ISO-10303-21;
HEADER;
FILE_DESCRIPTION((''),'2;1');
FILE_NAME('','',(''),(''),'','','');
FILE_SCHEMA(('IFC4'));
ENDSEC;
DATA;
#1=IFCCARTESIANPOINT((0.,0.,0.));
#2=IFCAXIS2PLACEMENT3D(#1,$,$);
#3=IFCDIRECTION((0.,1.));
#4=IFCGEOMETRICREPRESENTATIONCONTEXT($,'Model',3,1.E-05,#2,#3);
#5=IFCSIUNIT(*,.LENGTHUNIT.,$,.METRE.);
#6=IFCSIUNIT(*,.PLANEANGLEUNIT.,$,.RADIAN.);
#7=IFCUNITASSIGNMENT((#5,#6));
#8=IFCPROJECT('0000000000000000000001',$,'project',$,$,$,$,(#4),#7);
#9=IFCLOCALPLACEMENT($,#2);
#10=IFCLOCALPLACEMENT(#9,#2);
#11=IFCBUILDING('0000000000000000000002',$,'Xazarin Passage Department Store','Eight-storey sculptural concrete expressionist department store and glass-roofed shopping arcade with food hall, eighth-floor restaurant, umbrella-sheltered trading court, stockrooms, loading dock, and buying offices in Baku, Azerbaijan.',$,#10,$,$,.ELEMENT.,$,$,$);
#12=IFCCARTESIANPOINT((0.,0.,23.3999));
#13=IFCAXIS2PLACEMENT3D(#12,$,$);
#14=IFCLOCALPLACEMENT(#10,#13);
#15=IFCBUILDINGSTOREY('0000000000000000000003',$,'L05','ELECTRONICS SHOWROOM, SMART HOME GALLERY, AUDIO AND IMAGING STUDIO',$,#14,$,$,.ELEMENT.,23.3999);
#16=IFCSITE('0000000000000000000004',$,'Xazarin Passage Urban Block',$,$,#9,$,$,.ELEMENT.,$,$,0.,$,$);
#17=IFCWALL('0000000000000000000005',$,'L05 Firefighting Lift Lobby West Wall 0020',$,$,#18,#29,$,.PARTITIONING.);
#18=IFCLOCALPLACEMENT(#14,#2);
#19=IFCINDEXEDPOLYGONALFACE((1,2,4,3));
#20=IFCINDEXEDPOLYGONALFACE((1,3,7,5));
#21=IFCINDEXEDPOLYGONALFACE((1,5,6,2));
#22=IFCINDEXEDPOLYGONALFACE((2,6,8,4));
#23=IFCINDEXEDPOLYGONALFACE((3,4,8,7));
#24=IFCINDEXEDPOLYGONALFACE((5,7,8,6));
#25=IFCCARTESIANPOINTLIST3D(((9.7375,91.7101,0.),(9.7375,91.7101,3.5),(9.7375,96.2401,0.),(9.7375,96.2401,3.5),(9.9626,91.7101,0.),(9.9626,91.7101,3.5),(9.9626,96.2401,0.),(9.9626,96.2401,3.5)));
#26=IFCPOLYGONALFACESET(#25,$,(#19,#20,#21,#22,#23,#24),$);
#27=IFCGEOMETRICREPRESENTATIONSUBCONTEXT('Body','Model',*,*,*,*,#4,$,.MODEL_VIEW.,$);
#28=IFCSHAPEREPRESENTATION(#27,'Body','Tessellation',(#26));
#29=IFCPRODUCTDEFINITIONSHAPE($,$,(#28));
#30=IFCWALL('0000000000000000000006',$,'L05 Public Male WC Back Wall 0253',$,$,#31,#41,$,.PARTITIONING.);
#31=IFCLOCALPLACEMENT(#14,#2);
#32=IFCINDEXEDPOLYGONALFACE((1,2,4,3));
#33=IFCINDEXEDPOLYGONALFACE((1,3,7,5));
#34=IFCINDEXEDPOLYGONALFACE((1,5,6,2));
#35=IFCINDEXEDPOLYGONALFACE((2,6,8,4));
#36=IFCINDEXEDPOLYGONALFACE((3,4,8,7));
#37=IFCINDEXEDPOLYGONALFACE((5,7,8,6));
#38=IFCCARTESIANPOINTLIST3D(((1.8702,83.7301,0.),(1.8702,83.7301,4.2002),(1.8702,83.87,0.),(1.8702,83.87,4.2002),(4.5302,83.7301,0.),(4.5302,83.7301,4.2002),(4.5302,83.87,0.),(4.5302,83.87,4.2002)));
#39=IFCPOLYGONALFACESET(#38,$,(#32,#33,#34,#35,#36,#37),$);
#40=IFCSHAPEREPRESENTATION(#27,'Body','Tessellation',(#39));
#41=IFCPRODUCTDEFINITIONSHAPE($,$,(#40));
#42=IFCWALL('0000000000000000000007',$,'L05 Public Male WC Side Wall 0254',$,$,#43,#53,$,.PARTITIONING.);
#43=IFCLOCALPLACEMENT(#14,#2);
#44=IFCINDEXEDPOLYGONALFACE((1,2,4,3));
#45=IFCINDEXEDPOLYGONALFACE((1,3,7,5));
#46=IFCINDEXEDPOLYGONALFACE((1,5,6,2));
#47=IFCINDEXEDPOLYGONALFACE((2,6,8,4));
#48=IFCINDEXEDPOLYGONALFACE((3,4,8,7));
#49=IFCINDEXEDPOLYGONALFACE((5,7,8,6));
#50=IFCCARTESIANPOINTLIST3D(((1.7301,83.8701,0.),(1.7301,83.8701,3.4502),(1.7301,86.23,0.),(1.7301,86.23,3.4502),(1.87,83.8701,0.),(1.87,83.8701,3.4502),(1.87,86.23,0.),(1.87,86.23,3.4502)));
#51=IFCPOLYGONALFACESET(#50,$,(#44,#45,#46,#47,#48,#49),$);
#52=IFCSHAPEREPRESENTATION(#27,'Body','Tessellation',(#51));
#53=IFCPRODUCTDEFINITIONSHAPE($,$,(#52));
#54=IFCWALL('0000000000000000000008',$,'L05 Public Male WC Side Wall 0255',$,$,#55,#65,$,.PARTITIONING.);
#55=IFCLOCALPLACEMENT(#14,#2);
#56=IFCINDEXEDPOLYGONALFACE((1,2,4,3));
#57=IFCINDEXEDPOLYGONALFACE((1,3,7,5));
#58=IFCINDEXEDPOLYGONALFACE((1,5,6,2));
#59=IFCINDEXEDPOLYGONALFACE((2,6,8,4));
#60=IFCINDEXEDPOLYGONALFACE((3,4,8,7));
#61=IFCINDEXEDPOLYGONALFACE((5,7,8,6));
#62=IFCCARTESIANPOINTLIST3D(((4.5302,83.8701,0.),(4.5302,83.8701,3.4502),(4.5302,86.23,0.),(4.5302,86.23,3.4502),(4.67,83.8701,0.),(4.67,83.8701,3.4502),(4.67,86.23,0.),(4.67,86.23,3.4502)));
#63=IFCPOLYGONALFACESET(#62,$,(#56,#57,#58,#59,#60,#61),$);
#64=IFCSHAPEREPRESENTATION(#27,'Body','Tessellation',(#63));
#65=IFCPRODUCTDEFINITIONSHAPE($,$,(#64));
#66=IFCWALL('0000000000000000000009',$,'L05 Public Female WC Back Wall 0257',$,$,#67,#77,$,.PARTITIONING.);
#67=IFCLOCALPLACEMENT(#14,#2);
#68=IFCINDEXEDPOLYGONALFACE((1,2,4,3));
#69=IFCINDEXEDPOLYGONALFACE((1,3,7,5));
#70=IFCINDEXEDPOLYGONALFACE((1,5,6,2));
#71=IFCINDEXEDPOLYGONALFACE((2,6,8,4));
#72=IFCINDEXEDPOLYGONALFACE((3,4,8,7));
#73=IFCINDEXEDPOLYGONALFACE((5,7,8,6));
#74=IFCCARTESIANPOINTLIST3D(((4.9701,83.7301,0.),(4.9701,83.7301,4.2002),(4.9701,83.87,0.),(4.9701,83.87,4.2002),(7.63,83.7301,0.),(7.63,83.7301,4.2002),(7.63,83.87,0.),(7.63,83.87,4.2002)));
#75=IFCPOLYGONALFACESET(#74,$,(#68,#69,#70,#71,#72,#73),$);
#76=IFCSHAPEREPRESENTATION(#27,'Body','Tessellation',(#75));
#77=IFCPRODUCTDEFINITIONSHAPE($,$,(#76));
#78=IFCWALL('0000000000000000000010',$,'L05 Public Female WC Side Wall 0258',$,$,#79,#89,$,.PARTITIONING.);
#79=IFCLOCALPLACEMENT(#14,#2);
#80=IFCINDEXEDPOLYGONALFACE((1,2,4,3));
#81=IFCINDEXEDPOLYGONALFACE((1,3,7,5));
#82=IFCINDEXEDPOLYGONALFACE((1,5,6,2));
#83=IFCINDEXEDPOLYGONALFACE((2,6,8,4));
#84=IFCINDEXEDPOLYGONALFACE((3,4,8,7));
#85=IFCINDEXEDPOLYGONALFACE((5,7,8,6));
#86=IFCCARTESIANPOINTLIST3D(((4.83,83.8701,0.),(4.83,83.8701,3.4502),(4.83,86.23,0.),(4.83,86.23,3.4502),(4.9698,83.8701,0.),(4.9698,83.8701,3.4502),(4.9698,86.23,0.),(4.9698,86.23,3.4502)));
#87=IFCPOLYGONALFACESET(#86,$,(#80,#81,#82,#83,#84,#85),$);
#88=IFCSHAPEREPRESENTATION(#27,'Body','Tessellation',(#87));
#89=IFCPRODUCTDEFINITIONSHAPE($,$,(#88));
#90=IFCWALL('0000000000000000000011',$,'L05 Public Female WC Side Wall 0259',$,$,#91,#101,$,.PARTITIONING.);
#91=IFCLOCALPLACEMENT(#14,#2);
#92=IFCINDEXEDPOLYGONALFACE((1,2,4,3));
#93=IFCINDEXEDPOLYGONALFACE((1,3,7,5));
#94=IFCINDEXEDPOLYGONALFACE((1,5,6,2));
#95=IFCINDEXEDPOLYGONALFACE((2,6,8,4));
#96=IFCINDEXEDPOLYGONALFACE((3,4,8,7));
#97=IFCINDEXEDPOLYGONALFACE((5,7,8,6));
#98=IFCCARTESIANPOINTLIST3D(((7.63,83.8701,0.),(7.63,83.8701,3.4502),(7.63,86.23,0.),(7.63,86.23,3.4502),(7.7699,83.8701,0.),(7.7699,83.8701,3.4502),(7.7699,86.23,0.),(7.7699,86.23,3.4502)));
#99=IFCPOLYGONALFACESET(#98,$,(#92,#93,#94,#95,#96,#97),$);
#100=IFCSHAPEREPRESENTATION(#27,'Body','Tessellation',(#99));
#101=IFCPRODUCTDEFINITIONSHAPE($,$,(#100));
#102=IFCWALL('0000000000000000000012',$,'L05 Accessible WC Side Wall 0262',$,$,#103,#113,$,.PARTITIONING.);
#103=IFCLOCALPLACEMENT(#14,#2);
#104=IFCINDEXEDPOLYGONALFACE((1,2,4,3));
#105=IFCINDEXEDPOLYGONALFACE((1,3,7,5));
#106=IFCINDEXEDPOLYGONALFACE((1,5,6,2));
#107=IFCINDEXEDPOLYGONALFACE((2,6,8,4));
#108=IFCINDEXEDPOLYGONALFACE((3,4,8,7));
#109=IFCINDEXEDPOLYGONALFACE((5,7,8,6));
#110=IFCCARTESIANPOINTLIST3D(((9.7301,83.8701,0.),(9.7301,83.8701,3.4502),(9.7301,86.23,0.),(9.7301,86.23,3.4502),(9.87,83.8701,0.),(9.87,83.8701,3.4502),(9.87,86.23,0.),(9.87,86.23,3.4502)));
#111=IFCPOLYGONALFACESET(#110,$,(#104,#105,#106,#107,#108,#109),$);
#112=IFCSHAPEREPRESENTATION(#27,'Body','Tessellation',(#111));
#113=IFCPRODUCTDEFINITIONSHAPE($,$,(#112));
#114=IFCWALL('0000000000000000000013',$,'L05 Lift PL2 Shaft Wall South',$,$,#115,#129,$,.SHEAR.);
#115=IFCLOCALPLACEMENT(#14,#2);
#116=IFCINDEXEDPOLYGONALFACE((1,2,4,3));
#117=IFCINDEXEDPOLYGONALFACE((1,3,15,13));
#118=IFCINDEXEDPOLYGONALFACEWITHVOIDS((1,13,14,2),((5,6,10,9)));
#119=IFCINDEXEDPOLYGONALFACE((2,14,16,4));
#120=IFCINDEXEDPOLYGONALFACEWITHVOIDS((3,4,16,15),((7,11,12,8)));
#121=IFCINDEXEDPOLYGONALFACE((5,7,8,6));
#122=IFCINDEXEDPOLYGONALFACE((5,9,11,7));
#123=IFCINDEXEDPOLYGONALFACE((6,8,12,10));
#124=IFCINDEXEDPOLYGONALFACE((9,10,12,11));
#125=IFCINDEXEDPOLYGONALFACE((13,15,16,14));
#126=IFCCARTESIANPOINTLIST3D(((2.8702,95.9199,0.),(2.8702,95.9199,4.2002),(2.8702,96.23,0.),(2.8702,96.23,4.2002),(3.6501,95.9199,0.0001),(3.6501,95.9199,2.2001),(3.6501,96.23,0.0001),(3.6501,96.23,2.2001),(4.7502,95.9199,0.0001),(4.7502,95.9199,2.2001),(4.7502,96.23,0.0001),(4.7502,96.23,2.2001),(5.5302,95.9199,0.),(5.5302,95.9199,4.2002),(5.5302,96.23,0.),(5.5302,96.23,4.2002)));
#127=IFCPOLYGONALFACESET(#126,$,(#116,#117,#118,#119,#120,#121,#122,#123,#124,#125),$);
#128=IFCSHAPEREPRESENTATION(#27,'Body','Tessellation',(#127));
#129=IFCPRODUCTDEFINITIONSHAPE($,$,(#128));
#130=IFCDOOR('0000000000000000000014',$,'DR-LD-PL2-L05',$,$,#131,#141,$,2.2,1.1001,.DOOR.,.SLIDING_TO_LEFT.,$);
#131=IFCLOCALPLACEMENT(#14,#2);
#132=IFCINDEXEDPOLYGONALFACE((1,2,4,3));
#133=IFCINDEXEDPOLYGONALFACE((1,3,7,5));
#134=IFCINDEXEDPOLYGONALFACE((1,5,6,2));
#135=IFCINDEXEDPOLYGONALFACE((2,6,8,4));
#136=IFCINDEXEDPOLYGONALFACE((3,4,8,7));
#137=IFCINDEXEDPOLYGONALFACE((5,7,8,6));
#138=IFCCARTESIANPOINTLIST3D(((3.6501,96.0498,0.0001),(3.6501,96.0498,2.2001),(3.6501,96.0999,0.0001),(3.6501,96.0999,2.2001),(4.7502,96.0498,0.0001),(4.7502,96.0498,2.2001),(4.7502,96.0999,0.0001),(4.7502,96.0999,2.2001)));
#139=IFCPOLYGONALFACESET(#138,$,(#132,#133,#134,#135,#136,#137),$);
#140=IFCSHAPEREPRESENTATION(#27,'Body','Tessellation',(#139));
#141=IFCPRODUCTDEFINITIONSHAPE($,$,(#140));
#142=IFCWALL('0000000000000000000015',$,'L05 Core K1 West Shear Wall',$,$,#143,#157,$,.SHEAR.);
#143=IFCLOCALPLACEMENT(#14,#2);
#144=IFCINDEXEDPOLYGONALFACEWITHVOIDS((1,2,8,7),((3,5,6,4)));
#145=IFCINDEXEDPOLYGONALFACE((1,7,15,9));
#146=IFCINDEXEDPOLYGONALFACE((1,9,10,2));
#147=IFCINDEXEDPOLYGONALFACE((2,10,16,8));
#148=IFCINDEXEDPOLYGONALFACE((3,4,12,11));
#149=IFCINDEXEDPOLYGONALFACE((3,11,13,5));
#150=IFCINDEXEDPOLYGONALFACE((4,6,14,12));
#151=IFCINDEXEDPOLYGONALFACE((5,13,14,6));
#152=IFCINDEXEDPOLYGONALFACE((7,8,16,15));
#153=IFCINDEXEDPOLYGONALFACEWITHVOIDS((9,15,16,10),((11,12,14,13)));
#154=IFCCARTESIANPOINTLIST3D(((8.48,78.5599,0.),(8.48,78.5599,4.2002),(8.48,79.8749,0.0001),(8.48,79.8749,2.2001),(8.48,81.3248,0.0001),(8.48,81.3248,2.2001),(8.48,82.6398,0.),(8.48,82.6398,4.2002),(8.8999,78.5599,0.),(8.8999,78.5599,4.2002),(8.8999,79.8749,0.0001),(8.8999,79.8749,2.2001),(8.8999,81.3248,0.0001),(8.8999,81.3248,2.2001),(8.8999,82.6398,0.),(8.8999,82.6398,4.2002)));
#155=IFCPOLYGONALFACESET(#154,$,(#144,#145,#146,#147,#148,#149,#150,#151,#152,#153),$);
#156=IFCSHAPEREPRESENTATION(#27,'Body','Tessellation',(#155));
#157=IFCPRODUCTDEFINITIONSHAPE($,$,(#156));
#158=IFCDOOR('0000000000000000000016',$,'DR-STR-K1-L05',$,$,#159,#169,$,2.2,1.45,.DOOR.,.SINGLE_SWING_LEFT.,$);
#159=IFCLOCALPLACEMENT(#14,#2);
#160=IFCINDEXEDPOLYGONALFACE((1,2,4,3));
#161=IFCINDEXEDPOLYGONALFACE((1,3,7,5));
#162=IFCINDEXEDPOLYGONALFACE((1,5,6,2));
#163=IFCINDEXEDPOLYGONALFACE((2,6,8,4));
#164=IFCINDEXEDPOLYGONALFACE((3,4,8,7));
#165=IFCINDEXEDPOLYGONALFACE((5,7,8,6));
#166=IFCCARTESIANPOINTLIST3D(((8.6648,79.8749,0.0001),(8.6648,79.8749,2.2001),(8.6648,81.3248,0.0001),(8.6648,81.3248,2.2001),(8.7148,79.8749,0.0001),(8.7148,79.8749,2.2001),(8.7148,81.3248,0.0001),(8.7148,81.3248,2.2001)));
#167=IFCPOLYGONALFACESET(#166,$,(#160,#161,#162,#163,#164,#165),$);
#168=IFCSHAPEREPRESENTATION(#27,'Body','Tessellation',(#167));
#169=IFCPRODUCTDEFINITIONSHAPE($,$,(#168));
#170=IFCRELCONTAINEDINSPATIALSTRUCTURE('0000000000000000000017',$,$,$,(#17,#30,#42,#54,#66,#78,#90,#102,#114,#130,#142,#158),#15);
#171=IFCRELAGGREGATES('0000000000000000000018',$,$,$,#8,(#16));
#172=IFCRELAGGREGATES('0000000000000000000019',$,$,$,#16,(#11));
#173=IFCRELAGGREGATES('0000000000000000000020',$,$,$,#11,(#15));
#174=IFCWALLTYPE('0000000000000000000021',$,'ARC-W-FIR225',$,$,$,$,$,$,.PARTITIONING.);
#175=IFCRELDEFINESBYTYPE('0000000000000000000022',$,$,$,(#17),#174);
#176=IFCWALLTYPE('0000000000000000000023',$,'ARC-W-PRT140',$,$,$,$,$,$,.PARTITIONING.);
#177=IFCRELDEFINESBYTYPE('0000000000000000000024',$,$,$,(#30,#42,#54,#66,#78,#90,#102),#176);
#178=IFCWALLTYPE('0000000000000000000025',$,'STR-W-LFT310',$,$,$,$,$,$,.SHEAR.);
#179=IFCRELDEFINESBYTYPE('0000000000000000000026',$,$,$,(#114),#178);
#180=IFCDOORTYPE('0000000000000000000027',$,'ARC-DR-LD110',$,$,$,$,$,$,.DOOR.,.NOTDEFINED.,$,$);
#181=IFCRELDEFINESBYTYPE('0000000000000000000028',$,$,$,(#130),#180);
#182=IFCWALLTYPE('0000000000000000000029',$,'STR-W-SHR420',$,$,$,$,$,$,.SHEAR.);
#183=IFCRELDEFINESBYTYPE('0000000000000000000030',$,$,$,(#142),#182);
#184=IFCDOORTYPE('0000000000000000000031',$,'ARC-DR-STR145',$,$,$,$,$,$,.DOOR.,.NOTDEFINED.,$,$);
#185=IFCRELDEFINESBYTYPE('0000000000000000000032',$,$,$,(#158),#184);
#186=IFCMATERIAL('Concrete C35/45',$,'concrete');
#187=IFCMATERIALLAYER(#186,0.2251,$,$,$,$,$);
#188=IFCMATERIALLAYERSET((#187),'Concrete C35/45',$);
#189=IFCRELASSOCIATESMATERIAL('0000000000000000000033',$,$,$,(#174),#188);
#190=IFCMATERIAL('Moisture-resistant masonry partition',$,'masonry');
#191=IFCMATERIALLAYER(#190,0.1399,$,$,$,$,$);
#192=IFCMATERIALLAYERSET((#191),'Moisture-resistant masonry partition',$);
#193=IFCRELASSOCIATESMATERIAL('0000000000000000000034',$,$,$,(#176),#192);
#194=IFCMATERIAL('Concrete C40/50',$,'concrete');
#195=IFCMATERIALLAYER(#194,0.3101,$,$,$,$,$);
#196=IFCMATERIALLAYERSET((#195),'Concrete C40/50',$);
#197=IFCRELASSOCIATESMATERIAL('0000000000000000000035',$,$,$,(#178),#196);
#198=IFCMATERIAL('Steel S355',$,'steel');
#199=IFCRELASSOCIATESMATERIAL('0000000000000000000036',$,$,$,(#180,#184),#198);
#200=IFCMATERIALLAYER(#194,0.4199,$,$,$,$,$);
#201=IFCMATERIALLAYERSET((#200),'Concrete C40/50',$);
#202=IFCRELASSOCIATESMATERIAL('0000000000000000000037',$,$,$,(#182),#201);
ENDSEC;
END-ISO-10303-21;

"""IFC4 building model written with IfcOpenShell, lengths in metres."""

from ifc_helpers import new_model, si_unit, direction, frame, frame_2d, origin, place, context, subcontext, project, spatial, rectangle, extrude, material, layer, layer_set, type_object, element, fill, save


model = new_model("IFC4")

# Units and contexts
model_context = context("Model", 3, precision=1e-05, world=origin(), true_north=direction((0.0, 1.0)))
body_context = subcontext(model_context, "Body", "Model", "MODEL_VIEW")
ifc_project = project(units=[si_unit("LENGTHUNIT", "METRE"), si_unit("PLANEANGLEUNIT", "RADIAN")], contexts=[model_context])

# Site, building, storey
site_placement = place(None, origin())
site = spatial("IfcSite", under=ifc_project, at=site_placement, Name="Xazarin Passage Urban Block", CompositionType="ELEMENT", RefElevation=0.0)
building_placement = place(site_placement, origin())
building = spatial("IfcBuilding", under=site, at=building_placement, Name="Xazarin Passage Department Store", Description="Eight-storey sculptural concrete expressionist department store and glass-roofed shopping arcade with food hall, eighth-floor restaurant, umbrella-sheltered trading court, stockrooms, loading dock, and buying offices in Baku, Azerbaijan.", CompositionType="ELEMENT")
storey_placement = place(building_placement, frame((0.0, 0.0, 23.3999)))
storey = spatial("IfcBuildingStorey", under=building, at=storey_placement, Name="L05", Description="ELECTRONICS SHOWROOM, SMART HOME GALLERY, AUDIO AND IMAGING STUDIO", CompositionType="ELEMENT", Elevation=23.3999)

# Shared definitions
ifc_material_1 = material(Name="Concrete C40/50", Category="concrete")

# Shared definitions
ifc_material_2 = material(Name="Concrete C35/45", Category="concrete")

# Shared definitions
ifc_layer_1 = layer(ifc_material_2, 0.2251)
ifc_layer_set_1 = layer_set([ifc_layer_1], Name="Concrete C35/45")
wall_type_1 = type_object("IfcWallType", Name="ARC-W-FIR225", PredefinedType="PARTITIONING", material=ifc_layer_set_1)
ifc_material_3 = material(Name="Steel S355", Category="steel")

# Wall
wall_1_placement = place(storey_placement, frame((9.8501, 91.71, 0.0), z_axis=(0.0, 0.0, 1.0), x_axis=(0.0, 1.0, 0.0)))
element("IfcWall", 1, at=wall_1_placement, inside=storey, type_object=wall_type_1, Name="L05 Firefighting Lift Lobby West Wall 0020", PredefinedType="PARTITIONING", context=body_context, shape_type="SweptSolid", body=[
    extrude(rectangle(XDim=4.53, YDim=0.2251, at=frame_2d((2.2651, 0.0))), origin(), (0.0, 0.0, 1.0), 3.5),
])

# Shared definitions
ifc_material_4 = material(Name="Moisture-resistant masonry partition", Category="masonry")
ifc_layer_2 = layer(ifc_material_4, 0.1399)
ifc_layer_set_2 = layer_set([ifc_layer_2], Name="Moisture-resistant masonry partition")
wall_type_2 = type_object("IfcWallType", Name="ARC-W-PRT140", PredefinedType="PARTITIONING", material=ifc_layer_set_2)

# Walls
wall_2_placement = place(storey_placement, frame((1.8701, 83.8, 0.0), z_axis=(0.0, 0.0, 1.0), x_axis=(1.0, 0.0, 0.0)))
element("IfcWall", 2, at=wall_2_placement, inside=storey, type_object=wall_type_2, Name="L05 Public Male WC Back Wall 0253", PredefinedType="PARTITIONING", context=body_context, shape_type="SweptSolid", body=[
    extrude(rectangle(XDim=2.6599, YDim=0.1399, at=frame_2d((1.3301, 0.0))), origin(), (0.0, 0.0, 1.0), 4.2002),
])
for number, where, z_axis, x_axis, name in (
    (3, (1.8, 83.8701, 0.0), (0.0, 0.0, 1.0), (0.0, 1.0, 0.0), "L05 Public Male WC Side Wall 0254"),
    (4, (4.6001, 83.8701, 0.0), (0.0, 0.0, 1.0), (0.0, 1.0, 0.0), "L05 Public Male WC Side Wall 0255"),
):
    element("IfcWall", number, at=place(storey_placement, frame(where, z_axis=z_axis, x_axis=x_axis)), inside=storey, type_object=wall_type_2, Name=name, PredefinedType="PARTITIONING", context=body_context, shape_type="SweptSolid", body=[
        extrude(rectangle(XDim=2.3599, YDim=0.1399, at=frame_2d((1.1799, 0.0))), origin(), (0.0, 0.0, 1.0), 3.4502),
    ])

# Walls
wall_3_placement = place(storey_placement, frame((4.97, 83.8, 0.0), z_axis=(0.0, 0.0, 1.0), x_axis=(1.0, 0.0, 0.0)))
element("IfcWall", 5, at=wall_3_placement, inside=storey, type_object=wall_type_2, Name="L05 Public Female WC Back Wall 0257", PredefinedType="PARTITIONING", context=body_context, shape_type="SweptSolid", body=[
    extrude(rectangle(XDim=2.6599, YDim=0.1399, at=frame_2d((1.3301, 0.0))), origin(), (0.0, 0.0, 1.0), 4.2002),
])
for number, where, z_axis, x_axis, name in (
    (6, (4.8999, 83.8701, 0.0), (0.0, 0.0, 1.0), (0.0, 1.0, 0.0), "L05 Public Female WC Side Wall 0258"),
    (7, (7.7, 83.8701, 0.0), (0.0, 0.0, 1.0), (0.0, 1.0, 0.0), "L05 Public Female WC Side Wall 0259"),
    (8, (9.8, 83.8701, 0.0), (0.0, 0.0, 1.0), (0.0, 1.0, 0.0), "L05 Accessible WC Side Wall 0262"),
):
    element("IfcWall", number, at=place(storey_placement, frame(where, z_axis=z_axis, x_axis=x_axis)), inside=storey, type_object=wall_type_2, Name=name, PredefinedType="PARTITIONING", context=body_context, shape_type="SweptSolid", body=[
        extrude(rectangle(XDim=2.3599, YDim=0.1399, at=frame_2d((1.1799, 0.0))), origin(), (0.0, 0.0, 1.0), 3.4502),
    ])

# Walls, openings, doors
ifc_layer_3 = layer(ifc_material_1, 0.3101)
ifc_layer_set_3 = layer_set([ifc_layer_3], Name="Concrete C40/50")
wall_type_3 = type_object("IfcWallType", Name="STR-W-LFT310", PredefinedType="SHEAR", material=ifc_layer_set_3)
wall_4_placement = place(storey_placement, frame((2.8701, 96.075, 0.0), z_axis=(0.0, 0.0, 1.0), x_axis=(1.0, 0.0, 0.0)))
wall_4 = element("IfcWall", 9, at=wall_4_placement, inside=storey, type_object=wall_type_3, Name="L05 Lift PL2 Shaft Wall South", PredefinedType="SHEAR", context=body_context, shape_type="SweptSolid", body=[
    extrude(rectangle(XDim=2.6599, YDim=0.3101, at=frame_2d((1.3301, 0.0))), origin(), (0.0, 0.0, 1.0), 4.2002),
])
opening_1_placement = place(wall_4_placement, frame((0.78, 0.0, 0.0)))
opening_1 = element("IfcOpeningElement", 10, at=opening_1_placement, cuts=wall_4, PredefinedType="OPENING", context=body_context, shape_type="SweptSolid", body=[
    extrude(rectangle(XDim=1.1001, YDim=2.2, at=frame_2d((0.55, 1.1001))), frame((0.0, 0.165, 0.0), z_axis=(0.0, -1.0, 0.0), x_axis=(1.0, 0.0, 0.0)), (0.0, 0.0, 1.0), 0.3301),
])
door_type_1 = type_object("IfcDoorType", Name="ARC-DR-LD110", OperationType="NOTDEFINED", PredefinedType="DOOR", material=ifc_material_3)
door_1_placement = place(opening_1_placement, origin())
door_1 = element("IfcDoor", 11, at=door_1_placement, inside=storey, type_object=door_type_1, Name="DR-LD-PL2-L05", OperationType="SLIDING_TO_LEFT", OverallHeight=2.2, OverallWidth=1.1001, PredefinedType="DOOR", context=body_context, shape_type="SweptSolid", body=[
    extrude(rectangle(XDim=1.1001, YDim=2.2, at=frame_2d((0.55, 1.1001))), frame((0.0, 0.0249, 0.0), z_axis=(0.0, -1.0, 0.0), x_axis=(1.0, 0.0, 0.0)), (0.0, 0.0, 1.0), 0.05),
])
fill(opening_1, door_1)
ifc_layer_4 = layer(ifc_material_1, 0.4199)
ifc_layer_set_4 = layer_set([ifc_layer_4], Name="Concrete C40/50")
wall_type_4 = type_object("IfcWallType", Name="STR-W-SHR420", PredefinedType="SHEAR", material=ifc_layer_set_4)
wall_5_placement = place(storey_placement, frame((8.6899, 82.6399, 0.0), z_axis=(0.0, 0.0, 1.0), x_axis=(0.0, -1.0, 0.0)))
wall_5 = element("IfcWall", 12, at=wall_5_placement, inside=storey, type_object=wall_type_4, Name="L05 Core K1 West Shear Wall", PredefinedType="SHEAR", context=body_context, shape_type="SweptSolid", body=[
    extrude(rectangle(XDim=4.0798, YDim=0.4199, at=frame_2d((2.04, 0.0))), origin(), (0.0, 0.0, 1.0), 4.2002),
])
opening_2_placement = place(wall_5_placement, frame((1.3149, 0.0, 0.0)))
opening_2 = element("IfcOpeningElement", 13, at=opening_2_placement, cuts=wall_5, PredefinedType="OPENING", context=body_context, shape_type="SweptSolid", body=[
    extrude(rectangle(XDim=1.45, YDim=2.2, at=frame_2d((0.7251, 1.1001))), frame((0.0, 0.22, 0.0), z_axis=(0.0, -1.0, 0.0), x_axis=(1.0, 0.0, 0.0)), (0.0, 0.0, 1.0), 0.4399),
])
door_type_2 = type_object("IfcDoorType", Name="ARC-DR-STR145", OperationType="NOTDEFINED", PredefinedType="DOOR", material=ifc_material_3)
door_2_placement = place(opening_2_placement, origin())
door_2 = element("IfcDoor", 14, at=door_2_placement, inside=storey, type_object=door_type_2, Name="DR-STR-K1-L05", OperationType="SINGLE_SWING_LEFT", OverallHeight=2.2, OverallWidth=1.45, PredefinedType="DOOR", context=body_context, shape_type="SweptSolid", body=[
    extrude(rectangle(XDim=1.45, YDim=2.2, at=frame_2d((0.7251, 1.1001))), frame((0.0, 0.0249, 0.0), z_axis=(0.0, -1.0, 0.0), x_axis=(1.0, 0.0, 0.0)), (0.0, 0.0, 1.0), 0.05),
])
fill(opening_2, door_2)

save(model, "model.ifc")
